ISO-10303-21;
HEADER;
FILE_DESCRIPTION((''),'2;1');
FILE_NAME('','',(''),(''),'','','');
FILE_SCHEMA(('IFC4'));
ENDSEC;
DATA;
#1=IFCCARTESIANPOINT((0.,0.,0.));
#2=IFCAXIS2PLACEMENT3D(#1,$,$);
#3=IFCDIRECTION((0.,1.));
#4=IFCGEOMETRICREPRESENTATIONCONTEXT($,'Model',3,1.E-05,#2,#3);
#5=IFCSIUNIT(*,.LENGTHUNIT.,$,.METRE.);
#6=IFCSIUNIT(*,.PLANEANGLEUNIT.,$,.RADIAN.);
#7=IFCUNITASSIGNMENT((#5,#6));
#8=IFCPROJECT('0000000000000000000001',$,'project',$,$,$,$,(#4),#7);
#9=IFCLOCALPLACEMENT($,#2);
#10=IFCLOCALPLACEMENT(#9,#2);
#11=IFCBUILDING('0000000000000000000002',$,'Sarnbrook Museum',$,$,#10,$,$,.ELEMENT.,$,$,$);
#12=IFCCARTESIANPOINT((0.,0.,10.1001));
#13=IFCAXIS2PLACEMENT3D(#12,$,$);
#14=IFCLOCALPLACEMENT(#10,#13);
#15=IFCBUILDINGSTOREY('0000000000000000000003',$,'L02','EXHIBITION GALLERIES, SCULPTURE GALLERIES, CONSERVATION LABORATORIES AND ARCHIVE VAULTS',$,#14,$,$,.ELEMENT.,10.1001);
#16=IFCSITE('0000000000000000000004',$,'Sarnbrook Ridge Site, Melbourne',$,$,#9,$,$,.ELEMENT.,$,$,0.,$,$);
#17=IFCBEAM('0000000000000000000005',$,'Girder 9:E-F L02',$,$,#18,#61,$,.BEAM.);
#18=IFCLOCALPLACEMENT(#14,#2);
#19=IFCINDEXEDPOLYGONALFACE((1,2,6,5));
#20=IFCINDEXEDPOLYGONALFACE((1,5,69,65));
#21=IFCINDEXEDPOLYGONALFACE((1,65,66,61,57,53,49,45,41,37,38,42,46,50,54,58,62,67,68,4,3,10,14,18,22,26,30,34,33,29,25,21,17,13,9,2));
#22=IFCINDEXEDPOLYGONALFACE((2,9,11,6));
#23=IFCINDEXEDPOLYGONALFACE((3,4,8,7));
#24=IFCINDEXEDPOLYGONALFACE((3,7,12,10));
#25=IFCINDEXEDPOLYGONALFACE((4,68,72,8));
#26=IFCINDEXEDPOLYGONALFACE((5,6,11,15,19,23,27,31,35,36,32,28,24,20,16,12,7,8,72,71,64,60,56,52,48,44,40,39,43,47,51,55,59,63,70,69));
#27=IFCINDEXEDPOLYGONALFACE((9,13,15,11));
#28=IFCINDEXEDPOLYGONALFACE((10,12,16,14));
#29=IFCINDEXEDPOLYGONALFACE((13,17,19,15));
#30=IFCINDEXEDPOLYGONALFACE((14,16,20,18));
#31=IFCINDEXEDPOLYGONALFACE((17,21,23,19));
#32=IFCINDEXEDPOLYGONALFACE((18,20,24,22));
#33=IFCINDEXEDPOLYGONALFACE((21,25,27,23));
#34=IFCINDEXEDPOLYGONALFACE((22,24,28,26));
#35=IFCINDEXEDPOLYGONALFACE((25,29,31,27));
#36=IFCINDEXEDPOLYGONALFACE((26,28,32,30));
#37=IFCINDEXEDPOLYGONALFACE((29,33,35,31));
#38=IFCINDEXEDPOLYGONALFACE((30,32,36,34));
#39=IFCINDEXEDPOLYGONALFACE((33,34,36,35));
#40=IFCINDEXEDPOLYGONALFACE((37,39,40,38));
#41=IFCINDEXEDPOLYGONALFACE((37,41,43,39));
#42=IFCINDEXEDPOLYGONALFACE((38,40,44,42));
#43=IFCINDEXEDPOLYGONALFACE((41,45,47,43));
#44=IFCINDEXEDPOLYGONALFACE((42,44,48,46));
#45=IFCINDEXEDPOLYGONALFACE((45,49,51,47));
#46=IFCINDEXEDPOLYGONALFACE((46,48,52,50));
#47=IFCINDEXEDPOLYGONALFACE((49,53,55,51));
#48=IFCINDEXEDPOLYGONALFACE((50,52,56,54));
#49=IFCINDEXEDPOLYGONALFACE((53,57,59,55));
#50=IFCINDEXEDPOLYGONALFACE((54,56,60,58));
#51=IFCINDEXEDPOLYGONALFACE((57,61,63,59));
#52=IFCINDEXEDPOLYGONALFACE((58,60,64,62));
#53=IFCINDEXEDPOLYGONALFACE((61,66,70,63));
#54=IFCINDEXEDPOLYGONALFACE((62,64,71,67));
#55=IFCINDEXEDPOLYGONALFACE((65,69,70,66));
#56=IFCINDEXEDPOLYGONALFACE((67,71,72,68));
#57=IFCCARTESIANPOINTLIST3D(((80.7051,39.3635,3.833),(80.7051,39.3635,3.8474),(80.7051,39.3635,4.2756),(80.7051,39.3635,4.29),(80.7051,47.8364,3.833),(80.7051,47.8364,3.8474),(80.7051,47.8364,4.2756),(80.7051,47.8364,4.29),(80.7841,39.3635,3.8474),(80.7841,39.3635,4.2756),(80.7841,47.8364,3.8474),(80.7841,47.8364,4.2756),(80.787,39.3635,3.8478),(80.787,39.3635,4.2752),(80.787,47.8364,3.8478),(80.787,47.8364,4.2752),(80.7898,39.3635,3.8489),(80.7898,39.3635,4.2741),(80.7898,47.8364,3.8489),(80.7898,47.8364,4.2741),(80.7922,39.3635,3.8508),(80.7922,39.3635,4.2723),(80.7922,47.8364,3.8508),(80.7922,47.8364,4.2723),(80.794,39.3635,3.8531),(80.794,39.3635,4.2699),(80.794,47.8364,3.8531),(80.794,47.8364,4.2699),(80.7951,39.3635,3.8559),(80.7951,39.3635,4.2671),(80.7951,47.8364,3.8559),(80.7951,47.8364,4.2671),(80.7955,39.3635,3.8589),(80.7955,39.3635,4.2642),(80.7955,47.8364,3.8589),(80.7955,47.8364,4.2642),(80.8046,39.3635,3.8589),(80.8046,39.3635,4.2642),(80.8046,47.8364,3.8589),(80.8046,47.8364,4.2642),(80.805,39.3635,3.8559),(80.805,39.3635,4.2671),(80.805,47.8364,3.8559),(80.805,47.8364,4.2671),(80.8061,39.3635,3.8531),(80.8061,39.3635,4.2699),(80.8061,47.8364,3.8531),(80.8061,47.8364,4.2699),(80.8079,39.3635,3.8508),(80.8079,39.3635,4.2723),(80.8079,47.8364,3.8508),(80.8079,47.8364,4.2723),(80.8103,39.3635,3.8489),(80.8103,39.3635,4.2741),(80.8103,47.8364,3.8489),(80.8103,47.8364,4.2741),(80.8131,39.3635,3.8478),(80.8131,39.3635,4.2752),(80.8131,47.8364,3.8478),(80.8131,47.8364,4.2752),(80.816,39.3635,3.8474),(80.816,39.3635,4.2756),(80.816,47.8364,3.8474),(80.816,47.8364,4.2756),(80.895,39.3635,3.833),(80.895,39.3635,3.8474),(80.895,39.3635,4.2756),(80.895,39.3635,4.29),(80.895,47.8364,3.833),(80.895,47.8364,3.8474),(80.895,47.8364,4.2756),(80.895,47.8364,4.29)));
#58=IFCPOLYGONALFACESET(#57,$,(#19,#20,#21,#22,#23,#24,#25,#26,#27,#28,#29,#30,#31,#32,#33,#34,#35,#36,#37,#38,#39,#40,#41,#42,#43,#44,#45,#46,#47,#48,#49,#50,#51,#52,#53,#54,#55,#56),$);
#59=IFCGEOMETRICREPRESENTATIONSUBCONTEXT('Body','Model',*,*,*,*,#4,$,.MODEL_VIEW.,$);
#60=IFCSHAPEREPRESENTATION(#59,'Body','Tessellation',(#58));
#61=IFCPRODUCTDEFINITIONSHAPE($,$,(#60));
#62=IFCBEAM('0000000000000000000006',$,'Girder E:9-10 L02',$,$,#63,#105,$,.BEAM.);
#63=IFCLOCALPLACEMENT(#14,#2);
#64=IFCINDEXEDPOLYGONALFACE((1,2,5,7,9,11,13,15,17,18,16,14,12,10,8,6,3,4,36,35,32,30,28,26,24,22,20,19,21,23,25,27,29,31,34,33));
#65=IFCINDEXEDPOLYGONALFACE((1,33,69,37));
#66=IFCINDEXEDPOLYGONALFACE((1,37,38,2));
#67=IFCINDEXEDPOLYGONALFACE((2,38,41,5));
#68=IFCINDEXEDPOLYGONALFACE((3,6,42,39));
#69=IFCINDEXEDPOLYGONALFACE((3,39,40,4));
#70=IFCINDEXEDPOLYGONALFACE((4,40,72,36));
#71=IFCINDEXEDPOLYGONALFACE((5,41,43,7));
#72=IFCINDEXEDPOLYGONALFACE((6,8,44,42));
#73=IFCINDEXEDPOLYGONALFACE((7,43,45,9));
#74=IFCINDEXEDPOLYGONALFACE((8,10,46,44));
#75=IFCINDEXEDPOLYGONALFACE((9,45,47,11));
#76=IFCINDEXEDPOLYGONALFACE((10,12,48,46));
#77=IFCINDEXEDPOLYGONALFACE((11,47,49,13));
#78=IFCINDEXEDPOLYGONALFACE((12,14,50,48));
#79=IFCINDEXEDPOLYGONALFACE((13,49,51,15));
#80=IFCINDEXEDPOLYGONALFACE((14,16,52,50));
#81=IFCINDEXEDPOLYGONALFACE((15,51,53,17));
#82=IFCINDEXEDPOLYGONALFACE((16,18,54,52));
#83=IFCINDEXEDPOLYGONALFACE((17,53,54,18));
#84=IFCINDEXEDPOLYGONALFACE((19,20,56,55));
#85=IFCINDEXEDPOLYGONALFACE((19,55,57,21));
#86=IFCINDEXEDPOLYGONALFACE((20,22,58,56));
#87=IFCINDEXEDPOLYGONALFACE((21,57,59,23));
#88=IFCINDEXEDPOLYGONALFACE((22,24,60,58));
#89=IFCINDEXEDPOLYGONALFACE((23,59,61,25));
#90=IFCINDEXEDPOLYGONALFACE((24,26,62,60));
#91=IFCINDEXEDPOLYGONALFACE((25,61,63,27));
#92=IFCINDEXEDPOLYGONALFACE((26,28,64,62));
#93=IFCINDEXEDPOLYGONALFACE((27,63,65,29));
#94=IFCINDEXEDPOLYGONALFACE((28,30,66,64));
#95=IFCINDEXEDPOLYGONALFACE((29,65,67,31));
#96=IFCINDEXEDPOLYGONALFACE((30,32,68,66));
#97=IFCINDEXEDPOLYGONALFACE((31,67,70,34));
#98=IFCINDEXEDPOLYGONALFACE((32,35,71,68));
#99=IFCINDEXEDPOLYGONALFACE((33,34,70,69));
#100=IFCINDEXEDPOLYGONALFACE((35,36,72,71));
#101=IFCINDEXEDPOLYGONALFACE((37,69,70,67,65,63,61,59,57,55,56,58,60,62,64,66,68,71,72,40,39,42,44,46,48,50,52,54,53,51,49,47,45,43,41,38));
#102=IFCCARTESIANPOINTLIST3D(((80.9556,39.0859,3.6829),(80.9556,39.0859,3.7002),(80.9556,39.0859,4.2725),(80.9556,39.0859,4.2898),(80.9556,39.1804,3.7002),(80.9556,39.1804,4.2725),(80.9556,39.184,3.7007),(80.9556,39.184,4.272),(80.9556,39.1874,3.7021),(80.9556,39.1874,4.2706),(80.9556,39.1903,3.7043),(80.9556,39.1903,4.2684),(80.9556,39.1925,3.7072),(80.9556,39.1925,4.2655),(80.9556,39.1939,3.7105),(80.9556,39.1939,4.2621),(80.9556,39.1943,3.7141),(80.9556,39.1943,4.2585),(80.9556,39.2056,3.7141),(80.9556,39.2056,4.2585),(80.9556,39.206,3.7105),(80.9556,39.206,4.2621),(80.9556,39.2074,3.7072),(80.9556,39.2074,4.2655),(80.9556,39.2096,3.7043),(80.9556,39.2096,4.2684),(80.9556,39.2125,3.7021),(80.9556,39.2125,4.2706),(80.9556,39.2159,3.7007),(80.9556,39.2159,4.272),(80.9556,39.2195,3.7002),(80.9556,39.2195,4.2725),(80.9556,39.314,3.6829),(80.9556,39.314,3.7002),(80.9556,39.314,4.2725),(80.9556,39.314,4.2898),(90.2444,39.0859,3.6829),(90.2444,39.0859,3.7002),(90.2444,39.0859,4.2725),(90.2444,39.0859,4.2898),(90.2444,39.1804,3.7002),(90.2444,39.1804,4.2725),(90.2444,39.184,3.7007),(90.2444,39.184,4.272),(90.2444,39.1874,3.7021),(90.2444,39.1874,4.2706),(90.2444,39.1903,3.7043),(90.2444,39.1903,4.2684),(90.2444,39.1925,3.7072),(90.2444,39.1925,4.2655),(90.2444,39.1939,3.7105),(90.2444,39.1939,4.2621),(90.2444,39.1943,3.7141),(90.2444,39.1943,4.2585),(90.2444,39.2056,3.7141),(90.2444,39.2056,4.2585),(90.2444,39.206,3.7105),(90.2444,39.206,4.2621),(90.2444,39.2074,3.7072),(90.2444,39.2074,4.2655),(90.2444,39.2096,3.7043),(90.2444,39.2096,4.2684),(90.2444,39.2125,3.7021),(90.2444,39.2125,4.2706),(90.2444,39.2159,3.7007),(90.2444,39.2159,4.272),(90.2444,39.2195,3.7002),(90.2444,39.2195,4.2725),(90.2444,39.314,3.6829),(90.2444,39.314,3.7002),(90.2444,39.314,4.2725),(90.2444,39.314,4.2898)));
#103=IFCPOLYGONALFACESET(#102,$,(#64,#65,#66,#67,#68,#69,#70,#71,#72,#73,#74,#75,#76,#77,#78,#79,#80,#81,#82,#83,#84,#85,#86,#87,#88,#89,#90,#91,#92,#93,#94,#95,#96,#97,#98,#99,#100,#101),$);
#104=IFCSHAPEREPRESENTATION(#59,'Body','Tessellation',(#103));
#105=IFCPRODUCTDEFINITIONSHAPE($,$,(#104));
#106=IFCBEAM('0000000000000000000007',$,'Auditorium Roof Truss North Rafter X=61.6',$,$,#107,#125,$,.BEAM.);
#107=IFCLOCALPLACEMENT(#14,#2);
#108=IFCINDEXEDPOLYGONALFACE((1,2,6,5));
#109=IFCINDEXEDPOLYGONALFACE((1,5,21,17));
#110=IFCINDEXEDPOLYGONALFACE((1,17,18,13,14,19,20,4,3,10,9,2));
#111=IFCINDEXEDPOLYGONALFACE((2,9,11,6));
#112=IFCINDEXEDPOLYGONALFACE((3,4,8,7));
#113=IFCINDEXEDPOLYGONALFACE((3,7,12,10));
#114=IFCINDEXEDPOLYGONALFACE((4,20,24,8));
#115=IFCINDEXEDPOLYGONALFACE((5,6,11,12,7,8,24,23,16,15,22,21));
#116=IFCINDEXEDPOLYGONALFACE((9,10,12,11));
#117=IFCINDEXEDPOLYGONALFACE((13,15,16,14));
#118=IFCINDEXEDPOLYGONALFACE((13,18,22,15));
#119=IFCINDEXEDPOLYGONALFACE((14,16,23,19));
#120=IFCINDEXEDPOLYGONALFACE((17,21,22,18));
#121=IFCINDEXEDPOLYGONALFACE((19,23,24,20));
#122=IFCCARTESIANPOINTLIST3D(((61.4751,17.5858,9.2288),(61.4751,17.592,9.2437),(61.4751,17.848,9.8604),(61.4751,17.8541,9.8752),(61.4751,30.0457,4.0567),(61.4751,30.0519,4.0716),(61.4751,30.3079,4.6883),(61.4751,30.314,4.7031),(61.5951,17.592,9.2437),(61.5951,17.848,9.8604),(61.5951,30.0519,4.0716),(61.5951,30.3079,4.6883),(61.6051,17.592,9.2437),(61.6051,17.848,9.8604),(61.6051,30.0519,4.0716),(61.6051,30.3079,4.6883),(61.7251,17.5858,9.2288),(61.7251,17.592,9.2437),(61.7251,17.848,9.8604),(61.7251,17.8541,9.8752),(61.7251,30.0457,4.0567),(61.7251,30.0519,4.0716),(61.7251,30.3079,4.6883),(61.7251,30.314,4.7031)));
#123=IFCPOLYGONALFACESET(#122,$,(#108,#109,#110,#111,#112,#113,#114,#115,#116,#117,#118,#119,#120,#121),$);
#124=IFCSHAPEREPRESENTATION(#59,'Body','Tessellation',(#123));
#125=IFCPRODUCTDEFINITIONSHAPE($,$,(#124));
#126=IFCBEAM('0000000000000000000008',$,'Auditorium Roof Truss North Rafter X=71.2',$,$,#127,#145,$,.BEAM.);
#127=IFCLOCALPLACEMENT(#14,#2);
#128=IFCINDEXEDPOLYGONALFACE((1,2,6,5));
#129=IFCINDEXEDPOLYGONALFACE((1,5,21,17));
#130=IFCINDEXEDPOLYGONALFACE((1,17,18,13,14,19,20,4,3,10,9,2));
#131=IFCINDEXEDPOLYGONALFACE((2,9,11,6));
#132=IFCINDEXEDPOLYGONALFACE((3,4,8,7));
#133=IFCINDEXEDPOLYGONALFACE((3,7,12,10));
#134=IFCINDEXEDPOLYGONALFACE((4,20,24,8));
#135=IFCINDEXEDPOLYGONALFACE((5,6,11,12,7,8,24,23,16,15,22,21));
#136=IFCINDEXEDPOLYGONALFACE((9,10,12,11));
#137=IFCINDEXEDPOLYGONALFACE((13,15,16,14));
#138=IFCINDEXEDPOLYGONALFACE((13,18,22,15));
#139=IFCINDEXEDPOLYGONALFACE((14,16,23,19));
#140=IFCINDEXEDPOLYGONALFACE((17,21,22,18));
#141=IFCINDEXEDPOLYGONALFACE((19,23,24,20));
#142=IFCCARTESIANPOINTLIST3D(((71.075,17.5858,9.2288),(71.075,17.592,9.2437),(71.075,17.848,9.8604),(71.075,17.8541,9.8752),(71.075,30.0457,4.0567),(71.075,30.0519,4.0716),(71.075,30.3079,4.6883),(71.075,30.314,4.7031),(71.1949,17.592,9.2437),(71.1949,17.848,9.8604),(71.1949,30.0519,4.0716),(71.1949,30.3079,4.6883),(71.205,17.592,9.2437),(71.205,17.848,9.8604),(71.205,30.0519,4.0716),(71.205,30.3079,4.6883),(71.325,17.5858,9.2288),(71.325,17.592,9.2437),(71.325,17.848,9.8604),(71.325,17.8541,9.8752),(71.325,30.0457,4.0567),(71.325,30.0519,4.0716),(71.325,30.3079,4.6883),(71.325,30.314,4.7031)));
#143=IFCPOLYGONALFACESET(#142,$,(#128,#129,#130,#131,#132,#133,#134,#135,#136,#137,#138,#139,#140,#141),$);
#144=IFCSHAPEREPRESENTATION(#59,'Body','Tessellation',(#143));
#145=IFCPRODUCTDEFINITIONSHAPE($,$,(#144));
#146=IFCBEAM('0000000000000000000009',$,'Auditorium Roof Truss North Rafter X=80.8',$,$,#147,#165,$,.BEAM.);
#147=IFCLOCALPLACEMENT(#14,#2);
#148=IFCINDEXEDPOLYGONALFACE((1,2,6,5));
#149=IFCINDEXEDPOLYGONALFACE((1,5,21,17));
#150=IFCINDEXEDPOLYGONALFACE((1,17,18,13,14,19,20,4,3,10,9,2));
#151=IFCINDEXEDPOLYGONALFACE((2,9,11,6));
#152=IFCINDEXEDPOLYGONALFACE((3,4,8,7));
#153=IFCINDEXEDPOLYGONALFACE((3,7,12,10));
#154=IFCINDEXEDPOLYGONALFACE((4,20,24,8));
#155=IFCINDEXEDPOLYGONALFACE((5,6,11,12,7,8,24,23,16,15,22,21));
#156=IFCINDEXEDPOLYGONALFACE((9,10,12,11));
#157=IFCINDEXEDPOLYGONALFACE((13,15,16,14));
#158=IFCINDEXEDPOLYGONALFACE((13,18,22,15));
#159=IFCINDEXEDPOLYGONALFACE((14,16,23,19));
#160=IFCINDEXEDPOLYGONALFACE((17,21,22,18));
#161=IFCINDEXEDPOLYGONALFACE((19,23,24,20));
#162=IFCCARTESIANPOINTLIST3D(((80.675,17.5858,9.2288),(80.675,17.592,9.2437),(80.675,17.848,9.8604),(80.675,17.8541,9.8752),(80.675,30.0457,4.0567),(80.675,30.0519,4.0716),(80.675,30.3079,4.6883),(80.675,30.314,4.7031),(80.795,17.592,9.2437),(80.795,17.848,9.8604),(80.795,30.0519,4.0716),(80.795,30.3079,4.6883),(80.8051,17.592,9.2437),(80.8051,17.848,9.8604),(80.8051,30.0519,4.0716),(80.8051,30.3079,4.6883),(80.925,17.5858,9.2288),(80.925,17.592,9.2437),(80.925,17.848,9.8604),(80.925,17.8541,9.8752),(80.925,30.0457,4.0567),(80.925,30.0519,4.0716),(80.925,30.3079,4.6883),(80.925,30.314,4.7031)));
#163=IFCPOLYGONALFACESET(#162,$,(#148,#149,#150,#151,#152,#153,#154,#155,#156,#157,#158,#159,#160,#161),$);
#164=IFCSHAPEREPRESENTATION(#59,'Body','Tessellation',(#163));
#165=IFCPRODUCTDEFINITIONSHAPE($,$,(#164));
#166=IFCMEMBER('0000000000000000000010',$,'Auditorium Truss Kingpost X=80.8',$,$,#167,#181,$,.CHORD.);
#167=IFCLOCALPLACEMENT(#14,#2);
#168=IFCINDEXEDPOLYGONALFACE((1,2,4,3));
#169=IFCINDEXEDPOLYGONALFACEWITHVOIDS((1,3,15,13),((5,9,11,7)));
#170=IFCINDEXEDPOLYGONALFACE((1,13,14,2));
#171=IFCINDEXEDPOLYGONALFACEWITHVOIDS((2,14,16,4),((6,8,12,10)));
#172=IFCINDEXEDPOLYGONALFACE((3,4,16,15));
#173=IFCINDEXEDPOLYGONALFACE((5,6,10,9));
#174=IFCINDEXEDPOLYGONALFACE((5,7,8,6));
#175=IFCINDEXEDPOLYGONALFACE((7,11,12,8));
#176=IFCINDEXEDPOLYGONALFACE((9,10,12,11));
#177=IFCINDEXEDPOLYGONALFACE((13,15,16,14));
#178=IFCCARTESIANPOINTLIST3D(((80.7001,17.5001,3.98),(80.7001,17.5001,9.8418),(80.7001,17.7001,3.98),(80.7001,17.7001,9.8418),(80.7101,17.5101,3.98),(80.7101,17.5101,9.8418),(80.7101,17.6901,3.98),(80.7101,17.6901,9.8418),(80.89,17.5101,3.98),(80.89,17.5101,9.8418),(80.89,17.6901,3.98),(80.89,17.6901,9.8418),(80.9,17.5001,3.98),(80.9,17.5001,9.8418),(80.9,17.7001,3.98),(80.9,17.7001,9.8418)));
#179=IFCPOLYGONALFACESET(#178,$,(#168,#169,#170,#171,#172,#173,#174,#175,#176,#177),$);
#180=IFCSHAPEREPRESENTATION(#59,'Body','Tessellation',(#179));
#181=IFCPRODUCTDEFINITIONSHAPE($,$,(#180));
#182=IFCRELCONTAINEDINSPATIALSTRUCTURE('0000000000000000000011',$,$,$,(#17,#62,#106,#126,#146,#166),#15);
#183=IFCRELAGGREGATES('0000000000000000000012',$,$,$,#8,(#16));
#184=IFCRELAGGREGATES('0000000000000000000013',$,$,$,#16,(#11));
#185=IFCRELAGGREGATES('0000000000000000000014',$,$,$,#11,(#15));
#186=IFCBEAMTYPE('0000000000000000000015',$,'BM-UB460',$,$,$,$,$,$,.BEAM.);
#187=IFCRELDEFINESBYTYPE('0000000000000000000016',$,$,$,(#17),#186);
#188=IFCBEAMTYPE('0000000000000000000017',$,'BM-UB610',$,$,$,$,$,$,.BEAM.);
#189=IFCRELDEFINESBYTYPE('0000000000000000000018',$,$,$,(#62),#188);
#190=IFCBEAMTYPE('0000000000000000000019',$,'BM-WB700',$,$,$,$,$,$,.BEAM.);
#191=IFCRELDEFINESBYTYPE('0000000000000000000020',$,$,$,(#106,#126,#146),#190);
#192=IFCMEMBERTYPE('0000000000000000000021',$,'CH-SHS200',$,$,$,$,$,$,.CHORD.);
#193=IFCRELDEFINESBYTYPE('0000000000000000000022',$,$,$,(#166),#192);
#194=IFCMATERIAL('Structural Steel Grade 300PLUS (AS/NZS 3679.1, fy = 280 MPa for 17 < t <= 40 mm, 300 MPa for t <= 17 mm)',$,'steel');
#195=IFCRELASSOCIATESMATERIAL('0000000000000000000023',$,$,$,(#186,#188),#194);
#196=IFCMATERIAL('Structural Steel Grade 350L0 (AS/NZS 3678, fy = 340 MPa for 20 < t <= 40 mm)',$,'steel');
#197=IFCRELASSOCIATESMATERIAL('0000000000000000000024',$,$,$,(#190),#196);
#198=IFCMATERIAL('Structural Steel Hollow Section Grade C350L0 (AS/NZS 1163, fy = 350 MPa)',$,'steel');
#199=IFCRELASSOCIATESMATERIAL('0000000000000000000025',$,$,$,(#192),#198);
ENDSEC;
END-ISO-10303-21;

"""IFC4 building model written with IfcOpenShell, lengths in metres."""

from ifc_helpers import new_model, si_unit, direction, frame, origin, origin_2d, place, context, subcontext, project, spatial, hollow_rectangle, i_section, extrude, material, material_profile, profile_set, type_object, element, save


model = new_model("IFC4")

# Units and contexts
model_context = context("Model", 3, precision=1e-05, world=origin(), true_north=direction((0.0, 1.0)))
body_context = subcontext(model_context, "Body", "Model", "MODEL_VIEW")
ifc_project = project(units=[si_unit("LENGTHUNIT", "METRE"), si_unit("PLANEANGLEUNIT", "RADIAN")], contexts=[model_context])

# Site, building, storey
site_placement = place(None, origin())
site = spatial("IfcSite", under=ifc_project, at=site_placement, Name="Sarnbrook Ridge Site, Melbourne", CompositionType="ELEMENT", RefElevation=0.0)
building_placement = place(site_placement, origin())
building = spatial("IfcBuilding", under=site, at=building_placement, Name="Sarnbrook Museum", CompositionType="ELEMENT")
storey_placement = place(building_placement, frame((0.0, 0.0, 10.1001)))
storey = spatial("IfcBuildingStorey", under=building, at=storey_placement, Name="L02", Description="EXHIBITION GALLERIES, SCULPTURE GALLERIES, CONSERVATION LABORATORIES AND ARCHIVE VAULTS", CompositionType="ELEMENT", Elevation=10.1001)

# Shared definitions
ifc_material_1 = material(Name="Structural Steel Grade 300PLUS (AS/NZS 3679.1, fy = 280 MPa for 17 < t <= 40 mm, 300 MPa for t <= 17 mm)", Category="steel")

# Beams
ifc_material_profile_1 = material_profile(ifc_material_1, i_section(OverallWidth=0.1899, OverallDepth=0.457, WebThickness=0.009, FlangeThickness=0.0144, FilletRadius=0.0115, at=origin_2d()), Name="460UB74.6")
ifc_profile_set_1 = profile_set([ifc_material_profile_1], Name="Structural Steel Grade 300PLUS (AS/NZS 3679.1, fy = 280 MPa for 17 < t <= 40 mm, 300 MPa for t <= 17 mm)")
beam_type_1 = type_object("IfcBeamType", Name="BM-UB460", PredefinedType="BEAM", material=ifc_profile_set_1)
beam_1_placement = place(storey_placement, frame((80.8, 39.3635, 4.0615), z_axis=(0.0, 1.0, 0.0), x_axis=(-1.0, 0.0, 0.0)))
element("IfcBeam", 1, at=beam_1_placement, inside=storey, type_object=beam_type_1, Name="Girder 9:E-F L02", PredefinedType="BEAM", context=body_context, shape_type="SweptSolid", body=[
    extrude(i_section(OverallWidth=0.1899, OverallDepth=0.457, WebThickness=0.009, FlangeThickness=0.0144, FilletRadius=0.0115, at=origin_2d()), origin(), (0.0, 0.0, 1.0), 8.4729),
])
ifc_material_profile_2 = material_profile(ifc_material_1, i_section(OverallWidth=0.228, OverallDepth=0.6069, WebThickness=0.0112, FlangeThickness=0.0173, FilletRadius=0.0139, at=origin_2d()), Name="610UB113")
ifc_profile_set_2 = profile_set([ifc_material_profile_2], Name="Structural Steel Grade 300PLUS (AS/NZS 3679.1, fy = 280 MPa for 17 < t <= 40 mm, 300 MPa for t <= 17 mm)")
beam_type_2 = type_object("IfcBeamType", Name="BM-UB610", PredefinedType="BEAM", material=ifc_profile_set_2)
beam_2_placement = place(storey_placement, frame((80.9556, 39.2, 3.9863), z_axis=(1.0, 0.0, 0.0), x_axis=(0.0, 1.0, 0.0)))
element("IfcBeam", 2, at=beam_2_placement, inside=storey, type_object=beam_type_2, Name="Girder E:9-10 L02", PredefinedType="BEAM", context=body_context, shape_type="SweptSolid", body=[
    extrude(i_section(OverallWidth=0.228, OverallDepth=0.6069, WebThickness=0.0112, FlangeThickness=0.0173, FilletRadius=0.0139, at=origin_2d()), origin(), (0.0, 0.0, 1.0), 9.2888),
])
ifc_material_2 = material(Name="Structural Steel Grade 350L0 (AS/NZS 3678, fy = 340 MPa for 20 < t <= 40 mm)", Category="steel")
ifc_material_profile_3 = material_profile(ifc_material_2, i_section(OverallWidth=0.25, OverallDepth=0.7, WebThickness=0.01, FlangeThickness=0.0161, at=origin_2d()), Name="700WB130")
ifc_profile_set_3 = profile_set([ifc_material_profile_3], Name="Structural Steel Grade 350L0 (AS/NZS 3678, fy = 340 MPa for 20 < t <= 40 mm)")
beam_type_3 = type_object("IfcBeamType", Name="BM-WB700", PredefinedType="BEAM", material=ifc_profile_set_3)
for number, where, z_axis, x_axis, name in (
    (3, (61.6001, 17.72, 9.552), (0.0, 0.92359, -0.383381), (-1.0, 0.0, 0.0), "Auditorium Roof Truss North Rafter X=61.6"),
    (4, (71.2, 17.72, 9.552), (0.0, 0.92359, -0.383381), (-1.0, 0.0, 0.0), "Auditorium Roof Truss North Rafter X=71.2"),
    (5, (80.8, 17.72, 9.552), (0.0, 0.92359, -0.383381), (-1.0, 0.0, 0.0), "Auditorium Roof Truss North Rafter X=80.8"),
):
    element("IfcBeam", number, at=place(storey_placement, frame(where, z_axis=z_axis, x_axis=x_axis)), inside=storey, type_object=beam_type_3, Name=name, PredefinedType="BEAM", context=body_context, shape_type="SweptSolid", body=[
        extrude(i_section(OverallWidth=0.25, OverallDepth=0.7, WebThickness=0.01, FlangeThickness=0.0161, at=origin_2d()), origin(), (0.0, 0.0, 1.0), 13.4907),
    ])

# Member
ifc_material_3 = material(Name="Structural Steel Hollow Section Grade C350L0 (AS/NZS 1163, fy = 350 MPa)", Category="steel")
ifc_material_profile_4 = material_profile(ifc_material_3, hollow_rectangle(XDim=0.2, YDim=0.2, WallThickness=0.01, at=origin_2d()), Name="200x200x10.0SHS")
ifc_profile_set_4 = profile_set([ifc_material_profile_4], Name="Structural Steel Hollow Section Grade C350L0 (AS/NZS 1163, fy = 350 MPa)")
member_type_1 = type_object("IfcMemberType", Name="CH-SHS200", PredefinedType="CHORD", material=ifc_profile_set_4)
member_1_placement = place(storey_placement, frame((80.8, 17.6001, 3.98), z_axis=(0.0, 0.0, 1.0), x_axis=(1.0, 0.0, 0.0)))
element("IfcMember", 6, at=member_1_placement, inside=storey, type_object=member_type_1, Name="Auditorium Truss Kingpost X=80.8", PredefinedType="CHORD", context=body_context, shape_type="SweptSolid", body=[
    extrude(hollow_rectangle(XDim=0.2, YDim=0.2, WallThickness=0.01, at=origin_2d()), origin(), (0.0, 0.0, 1.0), 5.8618),
])

save(model, "model.ifc")
